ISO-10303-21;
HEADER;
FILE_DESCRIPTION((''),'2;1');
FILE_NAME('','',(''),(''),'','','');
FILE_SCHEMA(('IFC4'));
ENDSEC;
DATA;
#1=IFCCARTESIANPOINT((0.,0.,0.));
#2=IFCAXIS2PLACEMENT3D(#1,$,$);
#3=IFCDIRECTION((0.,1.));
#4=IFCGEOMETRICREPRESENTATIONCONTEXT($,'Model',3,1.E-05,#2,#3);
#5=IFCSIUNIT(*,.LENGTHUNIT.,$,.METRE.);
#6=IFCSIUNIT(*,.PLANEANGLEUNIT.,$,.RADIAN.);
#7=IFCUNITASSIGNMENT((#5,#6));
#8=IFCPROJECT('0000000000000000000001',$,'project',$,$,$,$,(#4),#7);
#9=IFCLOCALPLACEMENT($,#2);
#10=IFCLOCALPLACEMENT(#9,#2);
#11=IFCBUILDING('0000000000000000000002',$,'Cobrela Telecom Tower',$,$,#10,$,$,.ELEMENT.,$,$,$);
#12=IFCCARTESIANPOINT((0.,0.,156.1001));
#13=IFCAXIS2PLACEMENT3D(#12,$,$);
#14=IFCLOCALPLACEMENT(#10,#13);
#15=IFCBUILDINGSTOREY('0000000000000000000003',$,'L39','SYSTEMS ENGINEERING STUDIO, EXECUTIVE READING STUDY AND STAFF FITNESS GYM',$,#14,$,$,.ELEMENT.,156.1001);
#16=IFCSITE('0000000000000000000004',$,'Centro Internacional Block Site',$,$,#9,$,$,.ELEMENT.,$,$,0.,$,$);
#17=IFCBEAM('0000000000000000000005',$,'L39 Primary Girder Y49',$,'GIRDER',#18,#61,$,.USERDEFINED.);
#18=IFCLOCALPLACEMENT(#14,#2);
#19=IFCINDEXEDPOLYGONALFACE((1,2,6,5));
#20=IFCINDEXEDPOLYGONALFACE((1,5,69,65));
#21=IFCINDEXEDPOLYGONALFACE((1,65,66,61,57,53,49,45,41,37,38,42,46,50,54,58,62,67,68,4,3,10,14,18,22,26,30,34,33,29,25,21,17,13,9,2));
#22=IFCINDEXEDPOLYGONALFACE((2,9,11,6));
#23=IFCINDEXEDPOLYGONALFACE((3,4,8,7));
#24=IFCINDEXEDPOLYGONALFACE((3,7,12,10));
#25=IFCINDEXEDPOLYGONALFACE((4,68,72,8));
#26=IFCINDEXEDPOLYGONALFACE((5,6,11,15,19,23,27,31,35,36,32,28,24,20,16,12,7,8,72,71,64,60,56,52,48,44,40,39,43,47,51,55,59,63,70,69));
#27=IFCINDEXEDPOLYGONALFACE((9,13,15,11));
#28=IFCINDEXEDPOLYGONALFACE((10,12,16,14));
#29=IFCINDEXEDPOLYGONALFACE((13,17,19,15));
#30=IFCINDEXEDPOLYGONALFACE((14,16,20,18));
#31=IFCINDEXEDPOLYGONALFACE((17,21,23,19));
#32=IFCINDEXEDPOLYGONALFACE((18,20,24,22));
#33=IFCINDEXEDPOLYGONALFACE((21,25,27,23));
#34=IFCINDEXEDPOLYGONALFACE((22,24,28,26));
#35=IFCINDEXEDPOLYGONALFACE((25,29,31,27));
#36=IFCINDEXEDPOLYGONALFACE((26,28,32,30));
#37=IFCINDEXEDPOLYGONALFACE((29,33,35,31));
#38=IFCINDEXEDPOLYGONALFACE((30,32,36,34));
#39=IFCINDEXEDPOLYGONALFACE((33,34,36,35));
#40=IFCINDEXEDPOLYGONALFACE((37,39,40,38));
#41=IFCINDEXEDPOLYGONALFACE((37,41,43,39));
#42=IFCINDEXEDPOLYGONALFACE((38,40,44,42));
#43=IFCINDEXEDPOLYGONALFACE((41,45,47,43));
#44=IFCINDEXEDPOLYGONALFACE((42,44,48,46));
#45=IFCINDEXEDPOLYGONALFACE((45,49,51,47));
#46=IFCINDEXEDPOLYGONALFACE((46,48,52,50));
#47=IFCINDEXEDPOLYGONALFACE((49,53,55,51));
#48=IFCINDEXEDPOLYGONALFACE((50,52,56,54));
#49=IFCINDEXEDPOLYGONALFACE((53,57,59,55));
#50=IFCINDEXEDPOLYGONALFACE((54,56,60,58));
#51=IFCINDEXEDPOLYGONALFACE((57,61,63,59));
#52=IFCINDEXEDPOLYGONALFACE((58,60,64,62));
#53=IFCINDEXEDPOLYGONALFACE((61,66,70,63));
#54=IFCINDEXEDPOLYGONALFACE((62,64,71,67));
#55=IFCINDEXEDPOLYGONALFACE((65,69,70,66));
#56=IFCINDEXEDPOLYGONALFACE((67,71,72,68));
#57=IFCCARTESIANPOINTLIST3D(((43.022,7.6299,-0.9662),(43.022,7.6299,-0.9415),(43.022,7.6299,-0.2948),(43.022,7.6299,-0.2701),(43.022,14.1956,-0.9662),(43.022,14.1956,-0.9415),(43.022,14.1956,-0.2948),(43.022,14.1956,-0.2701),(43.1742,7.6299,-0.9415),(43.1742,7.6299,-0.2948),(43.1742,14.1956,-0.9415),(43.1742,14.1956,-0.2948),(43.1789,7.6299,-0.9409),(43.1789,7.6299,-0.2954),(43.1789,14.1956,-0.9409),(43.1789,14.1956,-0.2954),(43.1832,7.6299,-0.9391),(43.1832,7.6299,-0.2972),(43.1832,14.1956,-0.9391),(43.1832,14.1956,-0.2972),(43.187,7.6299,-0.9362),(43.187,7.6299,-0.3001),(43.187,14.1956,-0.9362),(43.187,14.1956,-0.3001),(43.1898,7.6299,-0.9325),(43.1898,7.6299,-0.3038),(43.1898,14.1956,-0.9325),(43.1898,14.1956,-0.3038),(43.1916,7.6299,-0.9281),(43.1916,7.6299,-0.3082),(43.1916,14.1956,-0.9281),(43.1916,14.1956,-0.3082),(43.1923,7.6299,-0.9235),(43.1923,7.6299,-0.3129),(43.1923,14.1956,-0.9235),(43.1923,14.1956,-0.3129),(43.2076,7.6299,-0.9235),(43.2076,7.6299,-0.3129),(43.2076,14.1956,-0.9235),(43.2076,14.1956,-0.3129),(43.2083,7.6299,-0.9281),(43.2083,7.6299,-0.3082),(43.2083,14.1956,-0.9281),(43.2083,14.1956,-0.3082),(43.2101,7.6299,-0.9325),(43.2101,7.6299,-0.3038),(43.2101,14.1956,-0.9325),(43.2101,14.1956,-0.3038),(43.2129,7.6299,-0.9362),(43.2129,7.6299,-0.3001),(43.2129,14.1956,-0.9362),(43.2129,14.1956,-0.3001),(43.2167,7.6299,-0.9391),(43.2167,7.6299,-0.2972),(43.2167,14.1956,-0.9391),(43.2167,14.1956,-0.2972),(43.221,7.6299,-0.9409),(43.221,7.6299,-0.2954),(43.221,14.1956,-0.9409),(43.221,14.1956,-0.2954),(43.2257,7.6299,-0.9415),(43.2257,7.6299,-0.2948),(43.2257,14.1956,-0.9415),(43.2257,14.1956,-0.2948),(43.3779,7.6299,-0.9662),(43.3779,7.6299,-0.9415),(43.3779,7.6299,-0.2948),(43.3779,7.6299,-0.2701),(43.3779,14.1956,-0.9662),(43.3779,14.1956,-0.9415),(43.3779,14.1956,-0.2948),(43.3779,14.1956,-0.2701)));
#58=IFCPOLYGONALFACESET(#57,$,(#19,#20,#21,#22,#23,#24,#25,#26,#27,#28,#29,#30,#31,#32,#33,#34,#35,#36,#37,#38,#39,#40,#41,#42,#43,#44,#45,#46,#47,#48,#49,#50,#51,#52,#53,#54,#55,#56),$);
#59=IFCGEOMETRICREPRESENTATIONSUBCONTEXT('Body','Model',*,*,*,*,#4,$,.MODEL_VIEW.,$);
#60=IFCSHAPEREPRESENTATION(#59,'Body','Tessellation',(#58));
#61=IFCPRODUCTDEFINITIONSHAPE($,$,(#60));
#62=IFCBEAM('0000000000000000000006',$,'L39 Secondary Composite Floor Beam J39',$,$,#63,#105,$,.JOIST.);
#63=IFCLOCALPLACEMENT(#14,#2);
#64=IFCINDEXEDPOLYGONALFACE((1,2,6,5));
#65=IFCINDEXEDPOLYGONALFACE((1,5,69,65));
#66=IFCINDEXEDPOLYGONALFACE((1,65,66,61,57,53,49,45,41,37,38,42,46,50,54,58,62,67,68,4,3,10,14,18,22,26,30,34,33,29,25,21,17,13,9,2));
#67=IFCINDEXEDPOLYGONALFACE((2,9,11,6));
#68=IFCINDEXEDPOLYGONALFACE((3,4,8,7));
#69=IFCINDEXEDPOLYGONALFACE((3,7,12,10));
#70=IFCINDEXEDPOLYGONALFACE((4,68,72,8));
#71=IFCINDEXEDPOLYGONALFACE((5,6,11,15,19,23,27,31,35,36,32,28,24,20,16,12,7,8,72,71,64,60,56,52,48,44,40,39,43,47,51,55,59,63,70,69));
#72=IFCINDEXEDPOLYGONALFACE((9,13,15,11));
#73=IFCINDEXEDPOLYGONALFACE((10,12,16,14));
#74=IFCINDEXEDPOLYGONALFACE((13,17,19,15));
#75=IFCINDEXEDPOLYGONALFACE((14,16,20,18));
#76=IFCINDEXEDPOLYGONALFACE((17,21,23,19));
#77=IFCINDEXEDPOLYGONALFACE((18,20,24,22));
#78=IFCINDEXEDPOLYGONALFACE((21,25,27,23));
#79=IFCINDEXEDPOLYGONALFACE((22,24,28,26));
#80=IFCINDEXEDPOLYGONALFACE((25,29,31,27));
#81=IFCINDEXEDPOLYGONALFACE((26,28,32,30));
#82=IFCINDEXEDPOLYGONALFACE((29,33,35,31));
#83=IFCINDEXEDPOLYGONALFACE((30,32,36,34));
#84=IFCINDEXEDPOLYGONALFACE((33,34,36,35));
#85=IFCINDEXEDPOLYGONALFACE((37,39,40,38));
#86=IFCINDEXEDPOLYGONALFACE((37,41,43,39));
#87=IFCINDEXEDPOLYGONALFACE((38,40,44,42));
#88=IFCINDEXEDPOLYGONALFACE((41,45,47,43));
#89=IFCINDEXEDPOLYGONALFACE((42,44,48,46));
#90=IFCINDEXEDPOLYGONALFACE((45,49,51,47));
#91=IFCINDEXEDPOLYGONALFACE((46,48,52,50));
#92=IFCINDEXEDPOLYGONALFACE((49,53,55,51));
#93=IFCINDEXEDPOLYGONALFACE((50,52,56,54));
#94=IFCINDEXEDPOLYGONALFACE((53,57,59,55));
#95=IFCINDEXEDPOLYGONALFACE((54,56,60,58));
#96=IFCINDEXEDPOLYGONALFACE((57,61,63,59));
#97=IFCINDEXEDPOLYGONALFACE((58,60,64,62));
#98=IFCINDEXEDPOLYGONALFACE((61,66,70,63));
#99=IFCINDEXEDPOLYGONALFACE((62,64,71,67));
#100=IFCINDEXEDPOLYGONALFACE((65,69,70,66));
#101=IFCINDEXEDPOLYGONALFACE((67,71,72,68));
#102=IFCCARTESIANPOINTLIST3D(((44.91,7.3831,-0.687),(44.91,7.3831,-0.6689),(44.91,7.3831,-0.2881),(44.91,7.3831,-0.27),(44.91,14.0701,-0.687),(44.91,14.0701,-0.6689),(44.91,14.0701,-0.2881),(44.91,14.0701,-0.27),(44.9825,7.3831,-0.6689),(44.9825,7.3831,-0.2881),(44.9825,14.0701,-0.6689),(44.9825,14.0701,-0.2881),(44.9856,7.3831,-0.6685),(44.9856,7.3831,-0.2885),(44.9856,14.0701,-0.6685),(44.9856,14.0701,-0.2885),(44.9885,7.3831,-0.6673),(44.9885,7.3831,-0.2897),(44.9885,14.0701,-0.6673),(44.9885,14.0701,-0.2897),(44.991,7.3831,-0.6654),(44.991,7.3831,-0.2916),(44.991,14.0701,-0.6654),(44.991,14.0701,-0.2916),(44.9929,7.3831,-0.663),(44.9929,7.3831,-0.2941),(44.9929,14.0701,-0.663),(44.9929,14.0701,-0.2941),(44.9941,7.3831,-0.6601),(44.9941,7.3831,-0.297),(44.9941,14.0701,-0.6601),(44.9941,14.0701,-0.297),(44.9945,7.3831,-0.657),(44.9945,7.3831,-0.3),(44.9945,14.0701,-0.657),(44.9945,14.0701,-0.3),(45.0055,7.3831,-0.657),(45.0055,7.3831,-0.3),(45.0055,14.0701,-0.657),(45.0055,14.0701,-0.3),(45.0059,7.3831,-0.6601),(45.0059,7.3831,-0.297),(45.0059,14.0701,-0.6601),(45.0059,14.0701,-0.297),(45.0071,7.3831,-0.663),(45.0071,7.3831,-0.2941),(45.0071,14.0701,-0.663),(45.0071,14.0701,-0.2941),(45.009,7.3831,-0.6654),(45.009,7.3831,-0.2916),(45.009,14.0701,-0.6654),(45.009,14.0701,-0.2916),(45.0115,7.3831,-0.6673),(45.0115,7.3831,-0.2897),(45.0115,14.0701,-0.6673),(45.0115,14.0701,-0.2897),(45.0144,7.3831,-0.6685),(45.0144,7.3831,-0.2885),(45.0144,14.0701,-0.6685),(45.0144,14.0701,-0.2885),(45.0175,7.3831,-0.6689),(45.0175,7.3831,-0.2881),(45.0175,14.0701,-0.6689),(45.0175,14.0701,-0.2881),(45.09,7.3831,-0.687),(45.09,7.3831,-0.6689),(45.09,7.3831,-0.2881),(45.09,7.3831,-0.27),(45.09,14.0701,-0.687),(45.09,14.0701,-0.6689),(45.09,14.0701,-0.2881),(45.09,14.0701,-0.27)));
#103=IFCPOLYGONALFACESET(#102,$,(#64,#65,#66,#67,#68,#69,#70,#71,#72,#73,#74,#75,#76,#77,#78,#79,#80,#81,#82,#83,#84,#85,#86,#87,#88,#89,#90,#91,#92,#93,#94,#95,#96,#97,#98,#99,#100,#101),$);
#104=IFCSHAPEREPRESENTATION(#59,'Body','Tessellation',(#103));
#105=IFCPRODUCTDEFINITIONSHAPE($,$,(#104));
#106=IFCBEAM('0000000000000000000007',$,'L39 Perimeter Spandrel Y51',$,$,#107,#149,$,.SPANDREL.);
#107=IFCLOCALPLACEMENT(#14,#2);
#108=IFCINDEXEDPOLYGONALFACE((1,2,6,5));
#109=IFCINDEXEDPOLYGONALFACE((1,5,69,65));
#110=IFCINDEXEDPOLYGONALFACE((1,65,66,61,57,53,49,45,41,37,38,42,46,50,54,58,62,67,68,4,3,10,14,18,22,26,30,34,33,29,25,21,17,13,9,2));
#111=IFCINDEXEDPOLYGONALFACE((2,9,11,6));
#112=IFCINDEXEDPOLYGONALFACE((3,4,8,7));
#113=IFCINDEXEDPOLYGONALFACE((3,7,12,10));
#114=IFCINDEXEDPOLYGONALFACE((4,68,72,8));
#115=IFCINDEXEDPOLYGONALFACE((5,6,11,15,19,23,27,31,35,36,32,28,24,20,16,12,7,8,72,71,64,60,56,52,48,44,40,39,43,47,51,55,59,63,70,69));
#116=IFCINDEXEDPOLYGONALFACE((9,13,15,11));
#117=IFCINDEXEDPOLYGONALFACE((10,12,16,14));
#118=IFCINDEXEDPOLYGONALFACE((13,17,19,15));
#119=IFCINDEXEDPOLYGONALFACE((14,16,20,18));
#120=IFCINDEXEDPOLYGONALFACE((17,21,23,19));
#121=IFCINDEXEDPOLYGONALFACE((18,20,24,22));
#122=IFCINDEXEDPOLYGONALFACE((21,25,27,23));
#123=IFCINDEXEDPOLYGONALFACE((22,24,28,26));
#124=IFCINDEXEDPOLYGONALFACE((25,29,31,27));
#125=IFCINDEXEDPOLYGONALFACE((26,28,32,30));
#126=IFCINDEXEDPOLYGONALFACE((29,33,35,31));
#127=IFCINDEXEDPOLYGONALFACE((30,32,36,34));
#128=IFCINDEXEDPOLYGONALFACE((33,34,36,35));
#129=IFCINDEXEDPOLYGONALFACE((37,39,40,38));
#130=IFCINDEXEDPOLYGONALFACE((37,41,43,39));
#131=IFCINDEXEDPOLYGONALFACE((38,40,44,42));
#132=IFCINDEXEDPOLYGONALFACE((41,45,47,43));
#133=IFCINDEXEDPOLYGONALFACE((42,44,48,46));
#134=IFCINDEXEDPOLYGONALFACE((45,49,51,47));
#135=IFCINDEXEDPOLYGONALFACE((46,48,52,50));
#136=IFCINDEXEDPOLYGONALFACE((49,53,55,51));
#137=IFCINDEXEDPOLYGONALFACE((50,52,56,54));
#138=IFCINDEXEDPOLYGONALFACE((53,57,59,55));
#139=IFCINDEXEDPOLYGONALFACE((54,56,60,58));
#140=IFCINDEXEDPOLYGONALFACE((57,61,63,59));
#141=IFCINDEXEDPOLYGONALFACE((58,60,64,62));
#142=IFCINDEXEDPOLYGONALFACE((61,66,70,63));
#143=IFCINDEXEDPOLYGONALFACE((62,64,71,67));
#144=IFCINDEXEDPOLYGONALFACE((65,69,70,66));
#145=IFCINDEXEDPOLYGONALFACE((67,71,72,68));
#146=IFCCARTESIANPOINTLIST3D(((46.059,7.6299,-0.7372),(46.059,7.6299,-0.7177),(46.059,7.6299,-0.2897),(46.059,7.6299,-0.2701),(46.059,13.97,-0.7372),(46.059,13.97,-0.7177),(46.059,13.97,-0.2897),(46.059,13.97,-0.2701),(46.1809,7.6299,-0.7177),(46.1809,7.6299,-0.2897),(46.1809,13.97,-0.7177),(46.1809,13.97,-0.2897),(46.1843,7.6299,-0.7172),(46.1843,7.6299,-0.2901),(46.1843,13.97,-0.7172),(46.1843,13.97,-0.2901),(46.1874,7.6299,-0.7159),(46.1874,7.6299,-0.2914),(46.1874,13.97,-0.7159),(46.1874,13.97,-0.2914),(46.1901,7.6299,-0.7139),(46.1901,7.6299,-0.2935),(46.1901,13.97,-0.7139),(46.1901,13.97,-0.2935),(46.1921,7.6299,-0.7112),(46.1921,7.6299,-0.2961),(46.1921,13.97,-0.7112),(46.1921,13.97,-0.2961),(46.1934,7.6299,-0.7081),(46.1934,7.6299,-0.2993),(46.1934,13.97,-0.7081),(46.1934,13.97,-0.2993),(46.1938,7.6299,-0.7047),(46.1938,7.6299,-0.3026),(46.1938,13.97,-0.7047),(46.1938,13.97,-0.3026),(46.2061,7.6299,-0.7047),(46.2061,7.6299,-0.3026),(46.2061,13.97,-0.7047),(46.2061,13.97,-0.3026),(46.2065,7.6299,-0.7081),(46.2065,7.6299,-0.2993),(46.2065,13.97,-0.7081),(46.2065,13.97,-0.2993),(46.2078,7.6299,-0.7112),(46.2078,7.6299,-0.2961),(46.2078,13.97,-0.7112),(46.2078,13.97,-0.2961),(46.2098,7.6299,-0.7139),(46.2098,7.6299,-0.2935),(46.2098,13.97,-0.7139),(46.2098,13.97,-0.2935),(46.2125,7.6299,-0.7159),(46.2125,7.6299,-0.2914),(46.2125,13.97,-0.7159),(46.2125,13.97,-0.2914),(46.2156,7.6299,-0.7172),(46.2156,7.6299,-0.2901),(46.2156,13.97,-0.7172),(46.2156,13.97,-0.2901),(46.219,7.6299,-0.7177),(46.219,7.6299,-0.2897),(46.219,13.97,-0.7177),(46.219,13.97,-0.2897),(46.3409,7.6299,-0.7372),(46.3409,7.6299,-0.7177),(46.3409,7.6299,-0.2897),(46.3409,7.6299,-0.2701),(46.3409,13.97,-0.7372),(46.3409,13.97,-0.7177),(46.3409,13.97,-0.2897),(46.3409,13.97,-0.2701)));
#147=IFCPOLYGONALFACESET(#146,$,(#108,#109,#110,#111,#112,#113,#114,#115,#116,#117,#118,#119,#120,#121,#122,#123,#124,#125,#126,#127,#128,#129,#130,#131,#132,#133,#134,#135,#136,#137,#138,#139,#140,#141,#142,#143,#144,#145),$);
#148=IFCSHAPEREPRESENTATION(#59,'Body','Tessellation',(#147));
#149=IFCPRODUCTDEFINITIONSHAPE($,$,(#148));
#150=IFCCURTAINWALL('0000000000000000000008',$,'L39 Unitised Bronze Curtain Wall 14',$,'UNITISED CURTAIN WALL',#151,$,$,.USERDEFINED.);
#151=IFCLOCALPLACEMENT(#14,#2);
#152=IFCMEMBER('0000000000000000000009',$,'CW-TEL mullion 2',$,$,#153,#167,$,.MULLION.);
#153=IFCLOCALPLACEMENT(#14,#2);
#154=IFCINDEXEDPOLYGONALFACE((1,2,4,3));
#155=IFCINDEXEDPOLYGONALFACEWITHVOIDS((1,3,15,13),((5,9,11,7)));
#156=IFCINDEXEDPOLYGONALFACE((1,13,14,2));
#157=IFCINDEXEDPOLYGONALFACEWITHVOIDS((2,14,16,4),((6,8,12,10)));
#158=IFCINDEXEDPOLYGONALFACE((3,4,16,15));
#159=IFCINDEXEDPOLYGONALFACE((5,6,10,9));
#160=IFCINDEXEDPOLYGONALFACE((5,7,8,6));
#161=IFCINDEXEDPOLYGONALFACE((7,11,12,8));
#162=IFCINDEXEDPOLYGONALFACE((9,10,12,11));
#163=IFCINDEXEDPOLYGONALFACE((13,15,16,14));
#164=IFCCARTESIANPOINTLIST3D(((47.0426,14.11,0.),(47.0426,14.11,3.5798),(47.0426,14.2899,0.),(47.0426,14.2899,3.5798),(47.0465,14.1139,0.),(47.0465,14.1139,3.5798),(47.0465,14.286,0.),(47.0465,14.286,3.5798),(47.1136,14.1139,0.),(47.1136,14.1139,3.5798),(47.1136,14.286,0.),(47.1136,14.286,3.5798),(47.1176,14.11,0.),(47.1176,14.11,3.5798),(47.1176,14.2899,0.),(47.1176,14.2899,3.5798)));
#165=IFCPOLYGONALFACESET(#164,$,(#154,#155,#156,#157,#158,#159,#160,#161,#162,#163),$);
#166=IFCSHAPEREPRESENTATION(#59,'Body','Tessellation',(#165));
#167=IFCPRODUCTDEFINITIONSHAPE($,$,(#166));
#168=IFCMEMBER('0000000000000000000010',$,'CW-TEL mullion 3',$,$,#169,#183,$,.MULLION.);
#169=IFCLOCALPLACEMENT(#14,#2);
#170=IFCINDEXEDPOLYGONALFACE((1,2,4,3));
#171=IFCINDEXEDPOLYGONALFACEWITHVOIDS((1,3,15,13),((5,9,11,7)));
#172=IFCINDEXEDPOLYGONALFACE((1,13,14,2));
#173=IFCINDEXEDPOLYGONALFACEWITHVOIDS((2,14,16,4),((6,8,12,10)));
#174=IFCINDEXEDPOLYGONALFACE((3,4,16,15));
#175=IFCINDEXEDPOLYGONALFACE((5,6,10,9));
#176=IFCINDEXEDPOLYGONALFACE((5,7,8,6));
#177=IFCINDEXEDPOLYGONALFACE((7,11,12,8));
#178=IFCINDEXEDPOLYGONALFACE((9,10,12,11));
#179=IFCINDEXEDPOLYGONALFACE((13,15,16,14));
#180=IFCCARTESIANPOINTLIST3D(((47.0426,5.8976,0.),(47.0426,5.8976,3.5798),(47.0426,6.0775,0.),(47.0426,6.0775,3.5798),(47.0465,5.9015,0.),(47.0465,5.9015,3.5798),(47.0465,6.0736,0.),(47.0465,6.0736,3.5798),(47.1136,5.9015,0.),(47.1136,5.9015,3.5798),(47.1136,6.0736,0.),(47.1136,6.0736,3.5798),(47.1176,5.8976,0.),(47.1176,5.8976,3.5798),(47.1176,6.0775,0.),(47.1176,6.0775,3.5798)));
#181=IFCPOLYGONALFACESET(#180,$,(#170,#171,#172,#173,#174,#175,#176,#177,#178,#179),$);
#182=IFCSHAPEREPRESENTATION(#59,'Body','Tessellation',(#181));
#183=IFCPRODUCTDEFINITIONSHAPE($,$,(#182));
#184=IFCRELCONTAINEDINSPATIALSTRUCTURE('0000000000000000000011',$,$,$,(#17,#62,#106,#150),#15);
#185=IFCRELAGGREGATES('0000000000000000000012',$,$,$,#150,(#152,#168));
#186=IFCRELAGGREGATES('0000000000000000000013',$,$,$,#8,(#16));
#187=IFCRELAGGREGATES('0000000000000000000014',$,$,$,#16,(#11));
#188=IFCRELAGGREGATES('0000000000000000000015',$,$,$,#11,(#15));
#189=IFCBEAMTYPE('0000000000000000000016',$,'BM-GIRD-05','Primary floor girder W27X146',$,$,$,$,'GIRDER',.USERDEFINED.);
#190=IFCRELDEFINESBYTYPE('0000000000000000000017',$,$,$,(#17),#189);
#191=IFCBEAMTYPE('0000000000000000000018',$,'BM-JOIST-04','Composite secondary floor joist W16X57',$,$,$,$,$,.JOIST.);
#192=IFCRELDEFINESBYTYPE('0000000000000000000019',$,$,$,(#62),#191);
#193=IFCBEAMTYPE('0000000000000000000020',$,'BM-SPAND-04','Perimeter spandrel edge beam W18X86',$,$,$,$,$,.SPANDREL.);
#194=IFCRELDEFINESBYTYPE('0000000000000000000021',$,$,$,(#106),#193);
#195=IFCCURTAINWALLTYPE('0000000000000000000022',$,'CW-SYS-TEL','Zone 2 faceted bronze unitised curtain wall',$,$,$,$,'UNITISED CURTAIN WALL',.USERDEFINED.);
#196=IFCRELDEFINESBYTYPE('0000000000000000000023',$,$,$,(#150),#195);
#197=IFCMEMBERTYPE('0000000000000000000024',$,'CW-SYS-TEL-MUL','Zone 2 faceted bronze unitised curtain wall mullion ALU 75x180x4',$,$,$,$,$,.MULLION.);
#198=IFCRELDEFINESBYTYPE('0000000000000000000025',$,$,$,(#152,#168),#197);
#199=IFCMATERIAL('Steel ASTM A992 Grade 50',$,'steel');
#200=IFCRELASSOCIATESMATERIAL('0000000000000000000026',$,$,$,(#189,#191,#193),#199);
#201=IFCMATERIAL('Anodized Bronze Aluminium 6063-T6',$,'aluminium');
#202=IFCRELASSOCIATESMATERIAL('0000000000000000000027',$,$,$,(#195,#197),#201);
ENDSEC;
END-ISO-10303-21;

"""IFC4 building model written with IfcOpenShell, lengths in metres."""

from ifc_helpers import new_model, si_unit, direction, frame, origin, origin_2d, place, context, subcontext, project, spatial, hollow_rectangle, i_section, extrude, material, material_profile, profile_set, type_object, element, aggregate, save


model = new_model("IFC4")

# Units and contexts
model_context = context("Model", 3, precision=1e-05, world=origin(), true_north=direction((0.0, 1.0)))
body_context = subcontext(model_context, "Body", "Model", "MODEL_VIEW")
ifc_project = project(units=[si_unit("LENGTHUNIT", "METRE"), si_unit("PLANEANGLEUNIT", "RADIAN")], contexts=[model_context])

# Site, building, storey
site_placement = place(None, origin())
site = spatial("IfcSite", under=ifc_project, at=site_placement, Name="Centro Internacional Block Site", CompositionType="ELEMENT", RefElevation=0.0)
building_placement = place(site_placement, origin())
building = spatial("IfcBuilding", under=site, at=building_placement, Name="Cobrela Telecom Tower", CompositionType="ELEMENT")
storey_placement = place(building_placement, frame((0.0, 0.0, 156.1001)))
storey = spatial("IfcBuildingStorey", under=building, at=storey_placement, Name="L39", Description="SYSTEMS ENGINEERING STUDIO, EXECUTIVE READING STUDY AND STAFF FITNESS GYM", CompositionType="ELEMENT", Elevation=156.1001)

# Shared definitions
ifc_material_1 = material(Name="Steel ASTM A992 Grade 50", Category="steel")

# Beams
ifc_material_profile_1 = material_profile(ifc_material_1, i_section(OverallWidth=0.356, OverallDepth=0.696, WebThickness=0.0154, FlangeThickness=0.0247, FilletRadius=0.0181, at=origin_2d()), Name="W27X146")
ifc_profile_set_1 = profile_set([ifc_material_profile_1], Name="Steel ASTM A992 Grade 50")
beam_type_1 = type_object("IfcBeamType", Name="BM-GIRD-05", Description="Primary floor girder W27X146", ElementType="GIRDER", PredefinedType="USERDEFINED", material=ifc_profile_set_1)
beam_1_placement = place(storey_placement, frame((43.2, 7.6299, -0.6182), z_axis=(0.0, 1.0, 0.0), x_axis=(-1.0, 0.0, 0.0)))
element("IfcBeam", 1, at=beam_1_placement, inside=storey, type_object=beam_type_1, Name="L39 Primary Girder Y49", ObjectType="GIRDER", PredefinedType="USERDEFINED", context=body_context, shape_type="SweptSolid", body=[
    extrude(i_section(OverallWidth=0.356, OverallDepth=0.696, WebThickness=0.0154, FlangeThickness=0.0247, FilletRadius=0.0181, at=origin_2d()), origin(), (0.0, 0.0, 1.0), 6.5657),
])
ifc_material_profile_2 = material_profile(ifc_material_1, i_section(OverallWidth=0.1799, OverallDepth=0.417, WebThickness=0.011, FlangeThickness=0.0181, FilletRadius=0.012, at=origin_2d()), Name="W16X57")
ifc_profile_set_2 = profile_set([ifc_material_profile_2], Name="Steel ASTM A992 Grade 50")
beam_type_2 = type_object("IfcBeamType", Name="BM-JOIST-04", Description="Composite secondary floor joist W16X57", PredefinedType="JOIST", material=ifc_profile_set_2)
beam_2_placement = place(storey_placement, frame((45.0, 7.3831, -0.4785), z_axis=(0.0, 1.0, 0.0), x_axis=(-1.0, 0.0, 0.0)))
element("IfcBeam", 2, at=beam_2_placement, inside=storey, type_object=beam_type_2, Name="L39 Secondary Composite Floor Beam J39", PredefinedType="JOIST", context=body_context, shape_type="SweptSolid", body=[
    extrude(i_section(OverallWidth=0.1799, OverallDepth=0.417, WebThickness=0.011, FlangeThickness=0.0181, FilletRadius=0.012, at=origin_2d()), origin(), (0.0, 0.0, 1.0), 6.687),
])
ifc_material_profile_3 = material_profile(ifc_material_1, i_section(OverallWidth=0.282, OverallDepth=0.467, WebThickness=0.0122, FlangeThickness=0.0195, FilletRadius=0.0129, at=origin_2d()), Name="W18X86")
ifc_profile_set_3 = profile_set([ifc_material_profile_3], Name="Steel ASTM A992 Grade 50")
beam_type_3 = type_object("IfcBeamType", Name="BM-SPAND-04", Description="Perimeter spandrel edge beam W18X86", PredefinedType="SPANDREL", material=ifc_profile_set_3)
beam_3_placement = place(storey_placement, frame((46.2, 7.6299, -0.5037), z_axis=(0.0, 1.0, 0.0), x_axis=(-1.0, 0.0, 0.0)))
element("IfcBeam", 3, at=beam_3_placement, inside=storey, type_object=beam_type_3, Name="L39 Perimeter Spandrel Y51", PredefinedType="SPANDREL", context=body_context, shape_type="SweptSolid", body=[
    extrude(i_section(OverallWidth=0.282, OverallDepth=0.467, WebThickness=0.0122, FlangeThickness=0.0195, FilletRadius=0.0129, at=origin_2d()), origin(), (0.0, 0.0, 1.0), 6.3401),
])

# Curtain wall, members
ifc_material_2 = material(Name="Anodized Bronze Aluminium 6063-T6", Category="aluminium")
curtain_wall_type = type_object("IfcCurtainWallType", Name="CW-SYS-TEL", Description="Zone 2 faceted bronze unitised curtain wall", ElementType="UNITISED CURTAIN WALL", PredefinedType="USERDEFINED", material=ifc_material_2)
curtain_wall_1_placement = place(storey_placement, origin())
curtain_wall_1 = element("IfcCurtainWall", 4, at=curtain_wall_1_placement, inside=storey, type_object=curtain_wall_type, Name="L39 Unitised Bronze Curtain Wall 14", ObjectType="UNITISED CURTAIN WALL", PredefinedType="USERDEFINED")
ifc_material_profile_4 = material_profile(ifc_material_2, hollow_rectangle(XDim=0.075, YDim=0.1799, WallThickness=0.0039, at=origin_2d()), Name="ALU 75x180x4")
ifc_profile_set_4 = profile_set([ifc_material_profile_4], Name="Anodized Bronze Aluminium 6063-T6")
member_type_1 = type_object("IfcMemberType", Name="CW-SYS-TEL-MUL", Description="Zone 2 faceted bronze unitised curtain wall mullion ALU 75x180x4", PredefinedType="MULLION", material=ifc_profile_set_4)
member_1_placement = place(storey_placement, frame((47.0801, 14.2, 0.0), z_axis=(0.0, 0.0, 1.0), x_axis=(1.0, 0.0, 0.0)))
member_1 = element("IfcMember", 5, at=member_1_placement, type_object=member_type_1, Name="CW-TEL mullion 2", PredefinedType="MULLION", context=body_context, shape_type="SweptSolid", body=[
    extrude(hollow_rectangle(XDim=0.075, YDim=0.1799, WallThickness=0.0039, at=origin_2d()), origin(), (0.0, 0.0, 1.0), 3.5798),
])
member_2_placement = place(storey_placement, frame((47.0801, 5.9875, 0.0), z_axis=(0.0, 0.0, 1.0), x_axis=(1.0, 0.0, 0.0)))
member_2 = element("IfcMember", 6, at=member_2_placement, type_object=member_type_1, Name="CW-TEL mullion 3", PredefinedType="MULLION", context=body_context, shape_type="SweptSolid", body=[
    extrude(hollow_rectangle(XDim=0.075, YDim=0.1799, WallThickness=0.0039, at=origin_2d()), origin(), (0.0, 0.0, 1.0), 3.5798),
])

aggregate(curtain_wall_1, [member_1, member_2])

save(model, "model.ifc")
